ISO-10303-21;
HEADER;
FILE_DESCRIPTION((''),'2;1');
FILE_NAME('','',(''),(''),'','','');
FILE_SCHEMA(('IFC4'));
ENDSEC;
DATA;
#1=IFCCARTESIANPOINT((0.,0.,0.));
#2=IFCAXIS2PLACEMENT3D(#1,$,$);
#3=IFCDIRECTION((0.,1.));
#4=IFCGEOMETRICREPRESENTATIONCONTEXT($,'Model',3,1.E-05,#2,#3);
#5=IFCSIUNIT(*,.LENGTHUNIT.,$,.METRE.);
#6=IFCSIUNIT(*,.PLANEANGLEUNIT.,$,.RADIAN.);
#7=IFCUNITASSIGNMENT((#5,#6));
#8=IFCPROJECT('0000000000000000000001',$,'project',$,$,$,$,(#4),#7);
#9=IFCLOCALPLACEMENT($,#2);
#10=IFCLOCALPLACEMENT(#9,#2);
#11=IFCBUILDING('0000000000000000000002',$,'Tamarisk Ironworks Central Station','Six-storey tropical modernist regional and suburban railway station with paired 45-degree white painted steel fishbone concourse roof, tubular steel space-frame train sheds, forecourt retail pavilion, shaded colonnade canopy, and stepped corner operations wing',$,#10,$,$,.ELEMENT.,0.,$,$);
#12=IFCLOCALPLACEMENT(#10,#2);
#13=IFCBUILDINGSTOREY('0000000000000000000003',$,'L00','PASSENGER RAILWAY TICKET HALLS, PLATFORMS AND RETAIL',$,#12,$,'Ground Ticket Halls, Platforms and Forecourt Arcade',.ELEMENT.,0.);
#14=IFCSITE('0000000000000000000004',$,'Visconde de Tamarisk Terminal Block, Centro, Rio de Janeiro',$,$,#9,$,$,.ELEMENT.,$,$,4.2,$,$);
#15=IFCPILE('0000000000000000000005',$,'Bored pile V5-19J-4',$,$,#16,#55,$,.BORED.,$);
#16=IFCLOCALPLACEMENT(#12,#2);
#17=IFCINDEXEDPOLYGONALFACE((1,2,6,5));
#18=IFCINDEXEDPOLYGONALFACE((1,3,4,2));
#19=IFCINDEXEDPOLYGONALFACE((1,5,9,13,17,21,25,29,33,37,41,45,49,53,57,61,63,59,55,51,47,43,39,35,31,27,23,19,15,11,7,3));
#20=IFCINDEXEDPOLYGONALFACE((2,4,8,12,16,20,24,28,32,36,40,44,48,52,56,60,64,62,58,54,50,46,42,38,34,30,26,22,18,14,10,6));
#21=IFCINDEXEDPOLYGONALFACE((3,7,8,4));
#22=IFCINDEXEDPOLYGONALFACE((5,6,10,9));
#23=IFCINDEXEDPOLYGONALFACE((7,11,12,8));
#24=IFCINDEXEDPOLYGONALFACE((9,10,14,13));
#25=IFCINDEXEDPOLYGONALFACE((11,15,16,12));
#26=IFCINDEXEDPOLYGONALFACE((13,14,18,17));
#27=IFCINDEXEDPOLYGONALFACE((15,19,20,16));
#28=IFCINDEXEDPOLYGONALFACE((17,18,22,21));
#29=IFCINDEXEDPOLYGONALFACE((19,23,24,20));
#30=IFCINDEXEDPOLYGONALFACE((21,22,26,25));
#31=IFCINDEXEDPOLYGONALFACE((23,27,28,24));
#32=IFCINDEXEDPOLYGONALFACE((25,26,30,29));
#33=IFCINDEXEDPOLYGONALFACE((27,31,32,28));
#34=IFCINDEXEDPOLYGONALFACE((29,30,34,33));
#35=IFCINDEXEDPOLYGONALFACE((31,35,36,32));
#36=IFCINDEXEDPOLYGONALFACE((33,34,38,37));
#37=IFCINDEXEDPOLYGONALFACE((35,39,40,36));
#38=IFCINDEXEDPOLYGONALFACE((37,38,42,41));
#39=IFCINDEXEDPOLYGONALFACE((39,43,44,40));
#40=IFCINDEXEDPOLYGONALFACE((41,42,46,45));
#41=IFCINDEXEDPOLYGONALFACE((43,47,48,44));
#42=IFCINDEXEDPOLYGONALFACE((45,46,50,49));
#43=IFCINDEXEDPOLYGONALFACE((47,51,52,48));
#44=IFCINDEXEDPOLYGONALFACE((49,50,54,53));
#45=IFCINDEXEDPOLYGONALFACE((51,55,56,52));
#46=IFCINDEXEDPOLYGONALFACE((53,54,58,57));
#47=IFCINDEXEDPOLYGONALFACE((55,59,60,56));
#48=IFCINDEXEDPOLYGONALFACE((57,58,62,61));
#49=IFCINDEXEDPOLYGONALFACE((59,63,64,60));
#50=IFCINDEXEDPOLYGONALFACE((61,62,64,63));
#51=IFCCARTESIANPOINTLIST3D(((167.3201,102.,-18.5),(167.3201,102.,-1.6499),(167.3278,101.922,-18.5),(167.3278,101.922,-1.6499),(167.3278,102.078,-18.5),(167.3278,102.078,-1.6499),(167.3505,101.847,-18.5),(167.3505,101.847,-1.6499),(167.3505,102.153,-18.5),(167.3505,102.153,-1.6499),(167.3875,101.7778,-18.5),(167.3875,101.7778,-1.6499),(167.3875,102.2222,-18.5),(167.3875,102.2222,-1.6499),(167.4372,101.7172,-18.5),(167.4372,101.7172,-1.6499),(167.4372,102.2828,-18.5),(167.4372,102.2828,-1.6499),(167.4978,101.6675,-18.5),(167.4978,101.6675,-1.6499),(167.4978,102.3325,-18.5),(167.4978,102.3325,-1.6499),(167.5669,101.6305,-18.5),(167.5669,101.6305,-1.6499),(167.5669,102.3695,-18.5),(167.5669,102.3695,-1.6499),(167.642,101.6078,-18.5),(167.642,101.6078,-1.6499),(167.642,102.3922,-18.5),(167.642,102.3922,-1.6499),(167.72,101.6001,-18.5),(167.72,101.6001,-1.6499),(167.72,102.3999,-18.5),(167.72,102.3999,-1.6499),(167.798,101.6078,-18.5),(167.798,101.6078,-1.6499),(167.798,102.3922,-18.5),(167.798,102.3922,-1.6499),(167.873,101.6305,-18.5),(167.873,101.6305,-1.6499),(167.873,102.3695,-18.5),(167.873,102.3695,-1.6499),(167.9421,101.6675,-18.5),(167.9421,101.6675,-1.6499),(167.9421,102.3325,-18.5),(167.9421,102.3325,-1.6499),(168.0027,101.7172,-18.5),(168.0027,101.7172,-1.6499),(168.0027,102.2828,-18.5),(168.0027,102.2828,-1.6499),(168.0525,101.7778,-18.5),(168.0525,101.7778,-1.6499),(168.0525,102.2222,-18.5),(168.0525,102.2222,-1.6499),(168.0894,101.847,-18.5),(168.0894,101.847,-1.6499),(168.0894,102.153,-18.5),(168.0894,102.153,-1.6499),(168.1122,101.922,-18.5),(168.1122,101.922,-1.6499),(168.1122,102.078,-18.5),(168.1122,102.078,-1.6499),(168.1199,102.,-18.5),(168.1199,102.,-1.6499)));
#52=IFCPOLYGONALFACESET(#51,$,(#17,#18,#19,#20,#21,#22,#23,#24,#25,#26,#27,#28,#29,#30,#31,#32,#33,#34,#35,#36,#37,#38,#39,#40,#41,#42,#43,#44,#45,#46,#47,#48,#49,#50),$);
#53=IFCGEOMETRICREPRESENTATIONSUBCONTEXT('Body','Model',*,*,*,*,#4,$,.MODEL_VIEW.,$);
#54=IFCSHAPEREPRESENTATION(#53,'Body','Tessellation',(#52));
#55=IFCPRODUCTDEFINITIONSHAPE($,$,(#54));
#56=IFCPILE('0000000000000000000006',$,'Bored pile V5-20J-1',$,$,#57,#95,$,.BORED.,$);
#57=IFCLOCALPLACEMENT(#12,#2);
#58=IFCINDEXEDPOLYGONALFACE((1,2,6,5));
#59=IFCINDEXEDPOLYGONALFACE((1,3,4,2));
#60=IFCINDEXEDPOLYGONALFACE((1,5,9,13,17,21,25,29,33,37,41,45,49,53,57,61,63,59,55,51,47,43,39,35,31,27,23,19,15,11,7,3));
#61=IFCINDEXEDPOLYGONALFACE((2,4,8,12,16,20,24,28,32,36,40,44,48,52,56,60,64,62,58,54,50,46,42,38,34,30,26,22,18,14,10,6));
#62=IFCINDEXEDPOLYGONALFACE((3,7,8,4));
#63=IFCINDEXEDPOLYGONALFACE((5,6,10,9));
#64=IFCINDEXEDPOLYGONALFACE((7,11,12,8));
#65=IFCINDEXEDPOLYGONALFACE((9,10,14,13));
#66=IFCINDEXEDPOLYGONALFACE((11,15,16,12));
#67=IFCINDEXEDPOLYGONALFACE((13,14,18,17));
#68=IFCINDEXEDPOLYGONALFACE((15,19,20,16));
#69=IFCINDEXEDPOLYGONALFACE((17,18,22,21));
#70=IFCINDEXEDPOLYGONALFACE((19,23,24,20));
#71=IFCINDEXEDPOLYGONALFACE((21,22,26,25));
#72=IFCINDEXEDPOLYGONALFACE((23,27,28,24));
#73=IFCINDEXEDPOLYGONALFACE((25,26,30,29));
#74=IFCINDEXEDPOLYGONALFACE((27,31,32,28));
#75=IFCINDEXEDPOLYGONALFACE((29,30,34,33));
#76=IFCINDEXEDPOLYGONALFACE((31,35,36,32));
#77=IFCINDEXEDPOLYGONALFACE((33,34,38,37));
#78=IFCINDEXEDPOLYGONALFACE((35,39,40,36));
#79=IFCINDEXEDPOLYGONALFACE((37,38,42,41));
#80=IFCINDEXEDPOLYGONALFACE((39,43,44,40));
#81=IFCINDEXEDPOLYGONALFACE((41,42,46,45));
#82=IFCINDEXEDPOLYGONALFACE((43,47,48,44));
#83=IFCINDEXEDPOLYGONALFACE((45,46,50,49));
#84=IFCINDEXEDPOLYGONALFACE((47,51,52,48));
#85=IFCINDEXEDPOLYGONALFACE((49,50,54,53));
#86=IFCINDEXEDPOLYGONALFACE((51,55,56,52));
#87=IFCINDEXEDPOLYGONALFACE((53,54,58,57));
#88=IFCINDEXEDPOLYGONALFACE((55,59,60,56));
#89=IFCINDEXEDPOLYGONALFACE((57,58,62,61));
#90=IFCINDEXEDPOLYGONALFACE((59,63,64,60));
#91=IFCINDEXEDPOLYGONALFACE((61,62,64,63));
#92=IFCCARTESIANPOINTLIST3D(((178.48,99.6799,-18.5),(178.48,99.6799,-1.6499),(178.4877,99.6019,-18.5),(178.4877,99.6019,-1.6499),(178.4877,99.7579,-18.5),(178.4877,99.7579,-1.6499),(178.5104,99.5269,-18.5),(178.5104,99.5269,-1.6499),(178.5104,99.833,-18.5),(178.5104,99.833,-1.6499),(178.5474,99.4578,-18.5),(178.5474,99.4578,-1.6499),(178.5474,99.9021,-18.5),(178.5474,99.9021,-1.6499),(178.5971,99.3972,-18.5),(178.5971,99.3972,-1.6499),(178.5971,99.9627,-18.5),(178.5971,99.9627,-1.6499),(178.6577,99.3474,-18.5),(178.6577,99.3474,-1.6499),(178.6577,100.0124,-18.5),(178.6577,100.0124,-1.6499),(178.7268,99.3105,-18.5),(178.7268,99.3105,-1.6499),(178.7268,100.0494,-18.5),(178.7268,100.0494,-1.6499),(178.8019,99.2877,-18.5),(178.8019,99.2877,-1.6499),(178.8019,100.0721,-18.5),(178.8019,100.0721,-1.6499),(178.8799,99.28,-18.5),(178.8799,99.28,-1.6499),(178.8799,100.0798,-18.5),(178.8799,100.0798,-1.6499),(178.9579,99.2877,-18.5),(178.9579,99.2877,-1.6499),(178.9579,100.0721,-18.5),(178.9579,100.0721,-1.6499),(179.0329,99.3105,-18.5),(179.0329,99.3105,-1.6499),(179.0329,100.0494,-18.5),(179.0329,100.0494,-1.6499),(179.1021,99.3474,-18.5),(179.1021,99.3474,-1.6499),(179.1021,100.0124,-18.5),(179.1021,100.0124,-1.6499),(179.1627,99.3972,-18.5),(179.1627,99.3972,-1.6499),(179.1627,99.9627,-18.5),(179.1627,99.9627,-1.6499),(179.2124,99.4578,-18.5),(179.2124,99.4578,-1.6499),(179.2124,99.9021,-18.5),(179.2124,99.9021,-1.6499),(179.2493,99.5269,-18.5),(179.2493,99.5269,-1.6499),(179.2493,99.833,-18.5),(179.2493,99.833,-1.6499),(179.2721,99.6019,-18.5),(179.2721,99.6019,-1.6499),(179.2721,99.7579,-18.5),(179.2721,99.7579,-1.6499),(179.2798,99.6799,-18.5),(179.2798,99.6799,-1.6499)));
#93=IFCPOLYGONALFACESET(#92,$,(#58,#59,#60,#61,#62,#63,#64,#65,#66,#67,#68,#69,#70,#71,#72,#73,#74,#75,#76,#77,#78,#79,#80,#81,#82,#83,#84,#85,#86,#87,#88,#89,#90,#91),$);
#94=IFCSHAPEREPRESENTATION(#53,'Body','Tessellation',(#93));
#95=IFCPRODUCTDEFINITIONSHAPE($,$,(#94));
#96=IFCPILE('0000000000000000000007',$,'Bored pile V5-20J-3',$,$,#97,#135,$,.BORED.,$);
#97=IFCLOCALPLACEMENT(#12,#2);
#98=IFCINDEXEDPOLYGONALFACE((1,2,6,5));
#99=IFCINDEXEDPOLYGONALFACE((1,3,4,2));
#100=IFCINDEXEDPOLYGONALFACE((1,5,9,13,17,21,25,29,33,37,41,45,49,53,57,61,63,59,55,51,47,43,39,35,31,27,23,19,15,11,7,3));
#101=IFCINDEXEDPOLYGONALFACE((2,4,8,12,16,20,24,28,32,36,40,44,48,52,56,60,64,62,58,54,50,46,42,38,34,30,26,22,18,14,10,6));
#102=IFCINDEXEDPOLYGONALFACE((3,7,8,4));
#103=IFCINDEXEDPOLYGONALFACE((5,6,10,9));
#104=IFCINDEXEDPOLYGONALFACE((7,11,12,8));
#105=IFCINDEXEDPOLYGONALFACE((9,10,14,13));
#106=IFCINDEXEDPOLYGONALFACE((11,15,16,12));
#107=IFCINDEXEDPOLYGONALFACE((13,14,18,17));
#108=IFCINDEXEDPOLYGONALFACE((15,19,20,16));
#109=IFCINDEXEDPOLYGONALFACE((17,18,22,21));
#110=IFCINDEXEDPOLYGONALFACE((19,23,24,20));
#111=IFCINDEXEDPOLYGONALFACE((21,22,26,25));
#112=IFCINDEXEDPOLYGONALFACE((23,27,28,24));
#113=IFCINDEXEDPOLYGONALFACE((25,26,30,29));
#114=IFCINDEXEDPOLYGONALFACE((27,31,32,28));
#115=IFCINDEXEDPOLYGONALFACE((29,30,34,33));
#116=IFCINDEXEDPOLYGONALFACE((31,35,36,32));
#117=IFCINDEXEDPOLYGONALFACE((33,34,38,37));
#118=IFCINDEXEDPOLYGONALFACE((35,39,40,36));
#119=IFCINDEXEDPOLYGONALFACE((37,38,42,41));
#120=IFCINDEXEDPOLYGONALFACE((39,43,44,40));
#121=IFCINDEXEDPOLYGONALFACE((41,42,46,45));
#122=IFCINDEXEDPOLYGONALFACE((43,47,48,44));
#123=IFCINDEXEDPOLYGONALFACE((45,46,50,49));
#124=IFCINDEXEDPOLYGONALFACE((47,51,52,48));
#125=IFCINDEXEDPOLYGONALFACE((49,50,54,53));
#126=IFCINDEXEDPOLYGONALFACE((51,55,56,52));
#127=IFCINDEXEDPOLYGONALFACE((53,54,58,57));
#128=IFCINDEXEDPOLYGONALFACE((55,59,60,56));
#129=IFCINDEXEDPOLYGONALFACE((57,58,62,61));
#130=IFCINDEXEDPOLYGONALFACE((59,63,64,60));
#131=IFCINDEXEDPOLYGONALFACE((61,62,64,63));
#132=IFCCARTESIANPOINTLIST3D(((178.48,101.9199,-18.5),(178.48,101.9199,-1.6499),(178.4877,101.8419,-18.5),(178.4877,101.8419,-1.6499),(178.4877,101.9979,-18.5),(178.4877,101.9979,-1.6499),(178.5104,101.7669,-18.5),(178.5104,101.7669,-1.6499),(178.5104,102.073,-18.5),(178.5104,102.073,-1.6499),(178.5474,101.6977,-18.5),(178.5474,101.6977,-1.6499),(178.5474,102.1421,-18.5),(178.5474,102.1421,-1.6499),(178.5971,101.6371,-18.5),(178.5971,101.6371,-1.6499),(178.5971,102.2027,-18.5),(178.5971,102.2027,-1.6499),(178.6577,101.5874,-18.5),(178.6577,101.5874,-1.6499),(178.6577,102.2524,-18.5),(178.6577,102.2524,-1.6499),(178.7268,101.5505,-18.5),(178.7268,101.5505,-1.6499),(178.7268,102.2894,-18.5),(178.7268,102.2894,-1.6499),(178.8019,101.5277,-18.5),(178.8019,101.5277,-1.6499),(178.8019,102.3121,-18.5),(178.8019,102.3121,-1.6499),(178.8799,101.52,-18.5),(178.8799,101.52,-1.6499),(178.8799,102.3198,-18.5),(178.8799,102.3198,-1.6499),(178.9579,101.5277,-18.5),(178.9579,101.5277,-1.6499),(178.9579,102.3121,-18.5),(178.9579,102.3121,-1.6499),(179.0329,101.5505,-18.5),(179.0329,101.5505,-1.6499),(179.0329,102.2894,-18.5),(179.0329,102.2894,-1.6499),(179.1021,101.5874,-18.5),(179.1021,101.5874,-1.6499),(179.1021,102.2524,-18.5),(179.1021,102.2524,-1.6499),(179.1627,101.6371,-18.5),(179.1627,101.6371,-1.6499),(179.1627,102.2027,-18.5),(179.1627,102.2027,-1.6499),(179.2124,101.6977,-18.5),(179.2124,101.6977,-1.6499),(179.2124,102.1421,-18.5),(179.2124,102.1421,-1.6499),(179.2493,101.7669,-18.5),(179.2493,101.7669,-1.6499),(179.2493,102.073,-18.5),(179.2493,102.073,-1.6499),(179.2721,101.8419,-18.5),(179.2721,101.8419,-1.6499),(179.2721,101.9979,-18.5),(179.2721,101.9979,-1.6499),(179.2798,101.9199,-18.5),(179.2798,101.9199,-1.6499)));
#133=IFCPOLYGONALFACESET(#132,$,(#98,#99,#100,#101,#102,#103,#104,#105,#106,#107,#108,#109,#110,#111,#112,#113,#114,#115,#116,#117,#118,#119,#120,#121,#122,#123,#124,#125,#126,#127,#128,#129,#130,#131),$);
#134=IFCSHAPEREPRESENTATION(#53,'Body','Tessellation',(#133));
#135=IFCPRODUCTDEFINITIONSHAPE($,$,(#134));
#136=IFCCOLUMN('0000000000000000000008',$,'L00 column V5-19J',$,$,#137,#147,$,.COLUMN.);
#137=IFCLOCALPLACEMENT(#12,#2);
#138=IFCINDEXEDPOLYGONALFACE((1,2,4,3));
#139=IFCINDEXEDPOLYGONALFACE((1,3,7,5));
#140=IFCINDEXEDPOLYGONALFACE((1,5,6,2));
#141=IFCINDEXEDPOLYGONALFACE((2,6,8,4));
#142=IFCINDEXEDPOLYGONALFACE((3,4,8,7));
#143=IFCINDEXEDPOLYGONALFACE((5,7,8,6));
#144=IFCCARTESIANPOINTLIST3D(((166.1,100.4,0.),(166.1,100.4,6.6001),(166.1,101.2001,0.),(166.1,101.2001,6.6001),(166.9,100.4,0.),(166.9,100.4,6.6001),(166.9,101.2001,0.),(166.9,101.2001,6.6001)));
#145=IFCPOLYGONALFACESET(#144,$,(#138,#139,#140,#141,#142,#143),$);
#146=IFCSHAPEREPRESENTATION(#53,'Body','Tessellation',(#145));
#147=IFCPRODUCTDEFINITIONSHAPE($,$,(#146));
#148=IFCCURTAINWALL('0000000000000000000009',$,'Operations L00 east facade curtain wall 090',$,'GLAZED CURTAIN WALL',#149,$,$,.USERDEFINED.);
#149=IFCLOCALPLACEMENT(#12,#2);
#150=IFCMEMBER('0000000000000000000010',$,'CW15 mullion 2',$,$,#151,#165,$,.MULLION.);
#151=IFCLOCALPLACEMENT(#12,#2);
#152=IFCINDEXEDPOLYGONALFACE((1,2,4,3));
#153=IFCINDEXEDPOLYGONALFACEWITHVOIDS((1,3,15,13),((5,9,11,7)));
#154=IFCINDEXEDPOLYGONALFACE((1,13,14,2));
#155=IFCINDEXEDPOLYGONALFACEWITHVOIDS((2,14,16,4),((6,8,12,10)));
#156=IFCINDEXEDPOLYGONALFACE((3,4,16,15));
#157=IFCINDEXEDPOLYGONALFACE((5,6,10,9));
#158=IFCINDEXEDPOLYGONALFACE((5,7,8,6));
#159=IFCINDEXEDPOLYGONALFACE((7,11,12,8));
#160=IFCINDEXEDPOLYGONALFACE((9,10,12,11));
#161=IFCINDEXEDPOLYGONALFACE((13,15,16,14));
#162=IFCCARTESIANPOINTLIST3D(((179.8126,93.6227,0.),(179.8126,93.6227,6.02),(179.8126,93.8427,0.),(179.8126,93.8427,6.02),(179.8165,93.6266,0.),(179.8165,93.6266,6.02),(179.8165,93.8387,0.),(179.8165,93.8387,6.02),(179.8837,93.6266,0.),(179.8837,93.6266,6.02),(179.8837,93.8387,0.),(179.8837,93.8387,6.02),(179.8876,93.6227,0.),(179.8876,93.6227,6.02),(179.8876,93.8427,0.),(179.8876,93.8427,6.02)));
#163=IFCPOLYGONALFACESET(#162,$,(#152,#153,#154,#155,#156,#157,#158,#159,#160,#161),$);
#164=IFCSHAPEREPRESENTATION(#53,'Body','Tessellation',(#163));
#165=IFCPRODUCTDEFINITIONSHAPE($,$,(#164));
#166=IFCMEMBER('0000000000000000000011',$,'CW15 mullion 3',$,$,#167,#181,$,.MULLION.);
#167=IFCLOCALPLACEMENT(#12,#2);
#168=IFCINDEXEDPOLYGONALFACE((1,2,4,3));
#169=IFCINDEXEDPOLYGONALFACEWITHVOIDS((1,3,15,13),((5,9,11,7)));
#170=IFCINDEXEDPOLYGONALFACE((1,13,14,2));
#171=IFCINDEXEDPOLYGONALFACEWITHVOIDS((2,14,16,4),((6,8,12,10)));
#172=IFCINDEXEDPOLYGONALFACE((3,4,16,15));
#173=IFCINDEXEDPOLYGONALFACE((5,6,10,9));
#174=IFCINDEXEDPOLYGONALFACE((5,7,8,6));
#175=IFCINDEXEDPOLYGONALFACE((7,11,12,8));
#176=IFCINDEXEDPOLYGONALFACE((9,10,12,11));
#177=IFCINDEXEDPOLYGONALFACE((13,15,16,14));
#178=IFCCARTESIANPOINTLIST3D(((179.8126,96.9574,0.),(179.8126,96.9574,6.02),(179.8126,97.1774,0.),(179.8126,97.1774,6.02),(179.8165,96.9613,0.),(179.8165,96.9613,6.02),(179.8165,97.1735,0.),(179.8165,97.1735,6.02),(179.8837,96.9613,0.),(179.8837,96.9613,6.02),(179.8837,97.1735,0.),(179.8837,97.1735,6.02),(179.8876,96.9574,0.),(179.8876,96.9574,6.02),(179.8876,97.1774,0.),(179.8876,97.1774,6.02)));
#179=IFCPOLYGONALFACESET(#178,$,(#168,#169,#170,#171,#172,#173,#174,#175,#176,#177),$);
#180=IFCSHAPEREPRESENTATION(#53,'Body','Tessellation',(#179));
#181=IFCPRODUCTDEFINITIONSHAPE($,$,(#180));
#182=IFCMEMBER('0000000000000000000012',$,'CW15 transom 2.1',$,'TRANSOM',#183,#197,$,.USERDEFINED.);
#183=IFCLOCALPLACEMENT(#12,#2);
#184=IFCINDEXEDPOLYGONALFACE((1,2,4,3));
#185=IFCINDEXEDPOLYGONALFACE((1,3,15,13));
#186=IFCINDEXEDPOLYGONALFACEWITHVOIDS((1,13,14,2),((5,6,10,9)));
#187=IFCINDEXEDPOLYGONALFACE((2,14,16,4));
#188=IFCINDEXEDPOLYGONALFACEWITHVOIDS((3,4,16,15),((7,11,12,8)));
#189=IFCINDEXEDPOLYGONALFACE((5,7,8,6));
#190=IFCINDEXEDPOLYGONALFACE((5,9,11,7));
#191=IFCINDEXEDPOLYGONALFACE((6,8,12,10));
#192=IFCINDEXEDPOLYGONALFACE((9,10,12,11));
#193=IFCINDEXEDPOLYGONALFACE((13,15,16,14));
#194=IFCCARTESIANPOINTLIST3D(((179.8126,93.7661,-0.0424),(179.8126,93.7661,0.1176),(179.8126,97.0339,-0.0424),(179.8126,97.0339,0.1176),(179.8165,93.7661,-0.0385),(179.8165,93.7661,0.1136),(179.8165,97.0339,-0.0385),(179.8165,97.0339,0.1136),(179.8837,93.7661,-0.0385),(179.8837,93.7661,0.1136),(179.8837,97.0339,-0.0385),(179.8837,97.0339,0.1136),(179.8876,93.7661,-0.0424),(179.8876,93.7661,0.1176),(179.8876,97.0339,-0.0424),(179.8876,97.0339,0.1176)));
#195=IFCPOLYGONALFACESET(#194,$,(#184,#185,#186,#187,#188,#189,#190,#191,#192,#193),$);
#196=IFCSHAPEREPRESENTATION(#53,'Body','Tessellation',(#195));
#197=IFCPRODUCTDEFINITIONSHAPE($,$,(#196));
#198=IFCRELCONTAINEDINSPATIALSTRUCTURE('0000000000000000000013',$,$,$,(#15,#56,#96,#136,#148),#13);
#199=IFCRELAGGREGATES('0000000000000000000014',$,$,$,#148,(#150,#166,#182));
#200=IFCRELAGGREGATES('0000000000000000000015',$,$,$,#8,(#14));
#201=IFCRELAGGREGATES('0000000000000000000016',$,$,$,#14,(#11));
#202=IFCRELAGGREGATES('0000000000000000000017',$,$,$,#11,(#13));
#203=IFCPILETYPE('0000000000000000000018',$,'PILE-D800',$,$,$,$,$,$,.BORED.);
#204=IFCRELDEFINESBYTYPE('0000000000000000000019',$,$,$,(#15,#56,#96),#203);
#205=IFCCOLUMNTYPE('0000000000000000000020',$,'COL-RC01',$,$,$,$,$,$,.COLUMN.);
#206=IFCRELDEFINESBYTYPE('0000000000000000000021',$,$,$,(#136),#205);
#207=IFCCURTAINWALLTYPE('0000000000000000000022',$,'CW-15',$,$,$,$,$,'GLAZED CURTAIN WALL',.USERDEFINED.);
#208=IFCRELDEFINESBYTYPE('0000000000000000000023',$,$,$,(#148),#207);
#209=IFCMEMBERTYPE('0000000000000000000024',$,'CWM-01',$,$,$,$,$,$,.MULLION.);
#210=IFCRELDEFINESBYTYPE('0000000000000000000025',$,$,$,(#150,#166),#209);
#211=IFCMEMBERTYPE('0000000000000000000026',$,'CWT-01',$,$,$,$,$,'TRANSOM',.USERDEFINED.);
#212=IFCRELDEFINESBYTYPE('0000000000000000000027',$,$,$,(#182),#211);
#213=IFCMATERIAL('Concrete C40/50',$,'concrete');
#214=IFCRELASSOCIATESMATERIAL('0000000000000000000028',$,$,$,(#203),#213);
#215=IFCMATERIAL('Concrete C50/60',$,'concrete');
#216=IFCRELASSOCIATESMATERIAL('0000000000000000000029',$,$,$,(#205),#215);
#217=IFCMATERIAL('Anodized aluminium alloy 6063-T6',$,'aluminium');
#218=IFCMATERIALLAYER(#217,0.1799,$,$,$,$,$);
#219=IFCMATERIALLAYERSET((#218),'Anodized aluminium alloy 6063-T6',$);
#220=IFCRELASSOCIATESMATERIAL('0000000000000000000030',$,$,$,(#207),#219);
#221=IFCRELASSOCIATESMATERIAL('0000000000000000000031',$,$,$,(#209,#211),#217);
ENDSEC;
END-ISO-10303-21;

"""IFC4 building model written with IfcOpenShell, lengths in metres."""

from ifc_helpers import new_model, si_unit, direction, frame, origin, origin_2d, place, context, subcontext, project, spatial, rectangle, hollow_rectangle, circle, extrude, material, layer, layer_set, material_profile, profile_set, type_object, element, aggregate, save


model = new_model("IFC4")

# Units and contexts
model_context = context("Model", 3, precision=1e-05, world=origin(), true_north=direction((0.0, 1.0)))
body_context = subcontext(model_context, "Body", "Model", "MODEL_VIEW")
ifc_project = project(units=[si_unit("LENGTHUNIT", "METRE"), si_unit("PLANEANGLEUNIT", "RADIAN")], contexts=[model_context])

# Site, building, storey
site_placement = place(None, origin())
site = spatial("IfcSite", under=ifc_project, at=site_placement, Name="Visconde de Tamarisk Terminal Block, Centro, Rio de Janeiro", CompositionType="ELEMENT", RefElevation=4.2)
building_placement = place(site_placement, origin())
building = spatial("IfcBuilding", under=site, at=building_placement, Name="Tamarisk Ironworks Central Station", Description="Six-storey tropical modernist regional and suburban railway station with paired 45-degree white painted steel fishbone concourse roof, tubular steel space-frame train sheds, forecourt retail pavilion, shaded colonnade canopy, and stepped corner operations wing", CompositionType="ELEMENT", ElevationOfRefHeight=0.0)
storey_placement = place(building_placement, origin())
storey = spatial("IfcBuildingStorey", under=building, at=storey_placement, Name="L00", Description="PASSENGER RAILWAY TICKET HALLS, PLATFORMS AND RETAIL", LongName="Ground Ticket Halls, Platforms and Forecourt Arcade", CompositionType="ELEMENT", Elevation=0.0)

# Shared definitions
ifc_material_1 = material(Name="Concrete C40/50", Category="concrete")

# Piles
ifc_material_profile_1 = material_profile(ifc_material_1, circle(Radius=0.3999, at=origin_2d()), Name="BORED PILE D800")
ifc_profile_set_1 = profile_set([ifc_material_profile_1], Name="Concrete C40/50")
pile_type = type_object("IfcPileType", Name="PILE-D800", PredefinedType="BORED", material=ifc_profile_set_1)
for number, where, z_axis, x_axis, name in (
    (1, (167.72, 102.0, -1.6499), (0.0, 0.0, -1.0), (1.0, 0.0, 0.0), "Bored pile V5-19J-4"),
    (2, (178.8799, 99.6799, -1.6499), (0.0, 0.0, -1.0), (1.0, 0.0, 0.0), "Bored pile V5-20J-1"),
    (3, (178.8799, 101.9199, -1.6499), (0.0, 0.0, -1.0), (1.0, 0.0, 0.0), "Bored pile V5-20J-3"),
):
    element("IfcPile", number, at=place(storey_placement, frame(where, z_axis=z_axis, x_axis=x_axis)), inside=storey, type_object=pile_type, Name=name, PredefinedType="BORED", context=body_context, shape_type="SweptSolid", body=[
        extrude(circle(Radius=0.3999, at=origin_2d()), origin(), (0.0, 0.0, 1.0), 16.8501),
    ])

# Column
ifc_material_2 = material(Name="Concrete C50/60", Category="concrete")
ifc_material_profile_2 = material_profile(ifc_material_2, rectangle(XDim=0.8, YDim=0.8, at=origin_2d()), Name="RC 800x800")
ifc_profile_set_2 = profile_set([ifc_material_profile_2], Name="Concrete C50/60")
column_type = type_object("IfcColumnType", Name="COL-RC01", PredefinedType="COLUMN", material=ifc_profile_set_2)
column_placement = place(storey_placement, frame((166.5, 100.8, 0.0), z_axis=(0.0, 0.0, 1.0), x_axis=(1.0, 0.0, 0.0)))
element("IfcColumn", 4, at=column_placement, inside=storey, type_object=column_type, Name="L00 column V5-19J", PredefinedType="COLUMN", context=body_context, shape_type="SweptSolid", body=[
    extrude(rectangle(XDim=0.8, YDim=0.8, at=origin_2d()), origin(), (0.0, 0.0, 1.0), 6.6001),
])

# Curtain wall, members
ifc_material_3 = material(Name="Anodized aluminium alloy 6063-T6", Category="aluminium")
ifc_layer_1 = layer(ifc_material_3, 0.1799)
ifc_layer_set_1 = layer_set([ifc_layer_1], Name="Anodized aluminium alloy 6063-T6")
curtain_wall_type = type_object("IfcCurtainWallType", Name="CW-15", ElementType="GLAZED CURTAIN WALL", PredefinedType="USERDEFINED", material=ifc_layer_set_1)
curtain_wall_placement = place(storey_placement, origin())
curtain_wall = element("IfcCurtainWall", 5, at=curtain_wall_placement, inside=storey, type_object=curtain_wall_type, Name="Operations L00 east facade curtain wall 090", ObjectType="GLAZED CURTAIN WALL", PredefinedType="USERDEFINED")
ifc_material_profile_3 = material_profile(ifc_material_3, hollow_rectangle(XDim=0.075, YDim=0.22, WallThickness=0.0039, at=origin_2d()), Name="ALUM 220x75")
ifc_profile_set_3 = profile_set([ifc_material_profile_3], Name="Anodized aluminium alloy 6063-T6")
member_type_1 = type_object("IfcMemberType", Name="CWM-01", PredefinedType="MULLION", material=ifc_profile_set_3)
member_1_placement = place(storey_placement, frame((179.8501, 93.7327, 0.0), z_axis=(0.0, 0.0, 1.0), x_axis=(-1.0, 0.0, 0.0)))
member_1 = element("IfcMember", 6, at=member_1_placement, type_object=member_type_1, Name="CW15 mullion 2", PredefinedType="MULLION", context=body_context, shape_type="SweptSolid", body=[
    extrude(hollow_rectangle(XDim=0.075, YDim=0.22, WallThickness=0.0039, at=origin_2d()), origin(), (0.0, 0.0, 1.0), 6.02),
])
member_2_placement = place(storey_placement, frame((179.8501, 97.0674, 0.0), z_axis=(0.0, 0.0, 1.0), x_axis=(-1.0, 0.0, 0.0)))
member_2 = element("IfcMember", 7, at=member_2_placement, type_object=member_type_1, Name="CW15 mullion 3", PredefinedType="MULLION", context=body_context, shape_type="SweptSolid", body=[
    extrude(hollow_rectangle(XDim=0.075, YDim=0.22, WallThickness=0.0039, at=origin_2d()), origin(), (0.0, 0.0, 1.0), 6.02),
])
ifc_material_profile_4 = material_profile(ifc_material_3, hollow_rectangle(XDim=0.075, YDim=0.1599, WallThickness=0.0039, at=origin_2d()), Name="ALUM 160x75")
ifc_profile_set_4 = profile_set([ifc_material_profile_4], Name="Anodized aluminium alloy 6063-T6")
member_type_2 = type_object("IfcMemberType", Name="CWT-01", ElementType="TRANSOM", PredefinedType="USERDEFINED", material=ifc_profile_set_4)
member_3_placement = place(storey_placement, frame((179.8501, 93.7661, 0.0376), z_axis=(0.0, 1.0, 0.0), x_axis=(-1.0, 0.0, 0.0)))
member_3 = element("IfcMember", 8, at=member_3_placement, type_object=member_type_2, Name="CW15 transom 2.1", ObjectType="TRANSOM", PredefinedType="USERDEFINED", context=body_context, shape_type="SweptSolid", body=[
    extrude(hollow_rectangle(XDim=0.075, YDim=0.1599, WallThickness=0.0039, at=origin_2d()), origin(), (0.0, 0.0, 1.0), 3.2678),
])
aggregate(curtain_wall, [member_1, member_2, member_3])

save(model, "model.ifc")
